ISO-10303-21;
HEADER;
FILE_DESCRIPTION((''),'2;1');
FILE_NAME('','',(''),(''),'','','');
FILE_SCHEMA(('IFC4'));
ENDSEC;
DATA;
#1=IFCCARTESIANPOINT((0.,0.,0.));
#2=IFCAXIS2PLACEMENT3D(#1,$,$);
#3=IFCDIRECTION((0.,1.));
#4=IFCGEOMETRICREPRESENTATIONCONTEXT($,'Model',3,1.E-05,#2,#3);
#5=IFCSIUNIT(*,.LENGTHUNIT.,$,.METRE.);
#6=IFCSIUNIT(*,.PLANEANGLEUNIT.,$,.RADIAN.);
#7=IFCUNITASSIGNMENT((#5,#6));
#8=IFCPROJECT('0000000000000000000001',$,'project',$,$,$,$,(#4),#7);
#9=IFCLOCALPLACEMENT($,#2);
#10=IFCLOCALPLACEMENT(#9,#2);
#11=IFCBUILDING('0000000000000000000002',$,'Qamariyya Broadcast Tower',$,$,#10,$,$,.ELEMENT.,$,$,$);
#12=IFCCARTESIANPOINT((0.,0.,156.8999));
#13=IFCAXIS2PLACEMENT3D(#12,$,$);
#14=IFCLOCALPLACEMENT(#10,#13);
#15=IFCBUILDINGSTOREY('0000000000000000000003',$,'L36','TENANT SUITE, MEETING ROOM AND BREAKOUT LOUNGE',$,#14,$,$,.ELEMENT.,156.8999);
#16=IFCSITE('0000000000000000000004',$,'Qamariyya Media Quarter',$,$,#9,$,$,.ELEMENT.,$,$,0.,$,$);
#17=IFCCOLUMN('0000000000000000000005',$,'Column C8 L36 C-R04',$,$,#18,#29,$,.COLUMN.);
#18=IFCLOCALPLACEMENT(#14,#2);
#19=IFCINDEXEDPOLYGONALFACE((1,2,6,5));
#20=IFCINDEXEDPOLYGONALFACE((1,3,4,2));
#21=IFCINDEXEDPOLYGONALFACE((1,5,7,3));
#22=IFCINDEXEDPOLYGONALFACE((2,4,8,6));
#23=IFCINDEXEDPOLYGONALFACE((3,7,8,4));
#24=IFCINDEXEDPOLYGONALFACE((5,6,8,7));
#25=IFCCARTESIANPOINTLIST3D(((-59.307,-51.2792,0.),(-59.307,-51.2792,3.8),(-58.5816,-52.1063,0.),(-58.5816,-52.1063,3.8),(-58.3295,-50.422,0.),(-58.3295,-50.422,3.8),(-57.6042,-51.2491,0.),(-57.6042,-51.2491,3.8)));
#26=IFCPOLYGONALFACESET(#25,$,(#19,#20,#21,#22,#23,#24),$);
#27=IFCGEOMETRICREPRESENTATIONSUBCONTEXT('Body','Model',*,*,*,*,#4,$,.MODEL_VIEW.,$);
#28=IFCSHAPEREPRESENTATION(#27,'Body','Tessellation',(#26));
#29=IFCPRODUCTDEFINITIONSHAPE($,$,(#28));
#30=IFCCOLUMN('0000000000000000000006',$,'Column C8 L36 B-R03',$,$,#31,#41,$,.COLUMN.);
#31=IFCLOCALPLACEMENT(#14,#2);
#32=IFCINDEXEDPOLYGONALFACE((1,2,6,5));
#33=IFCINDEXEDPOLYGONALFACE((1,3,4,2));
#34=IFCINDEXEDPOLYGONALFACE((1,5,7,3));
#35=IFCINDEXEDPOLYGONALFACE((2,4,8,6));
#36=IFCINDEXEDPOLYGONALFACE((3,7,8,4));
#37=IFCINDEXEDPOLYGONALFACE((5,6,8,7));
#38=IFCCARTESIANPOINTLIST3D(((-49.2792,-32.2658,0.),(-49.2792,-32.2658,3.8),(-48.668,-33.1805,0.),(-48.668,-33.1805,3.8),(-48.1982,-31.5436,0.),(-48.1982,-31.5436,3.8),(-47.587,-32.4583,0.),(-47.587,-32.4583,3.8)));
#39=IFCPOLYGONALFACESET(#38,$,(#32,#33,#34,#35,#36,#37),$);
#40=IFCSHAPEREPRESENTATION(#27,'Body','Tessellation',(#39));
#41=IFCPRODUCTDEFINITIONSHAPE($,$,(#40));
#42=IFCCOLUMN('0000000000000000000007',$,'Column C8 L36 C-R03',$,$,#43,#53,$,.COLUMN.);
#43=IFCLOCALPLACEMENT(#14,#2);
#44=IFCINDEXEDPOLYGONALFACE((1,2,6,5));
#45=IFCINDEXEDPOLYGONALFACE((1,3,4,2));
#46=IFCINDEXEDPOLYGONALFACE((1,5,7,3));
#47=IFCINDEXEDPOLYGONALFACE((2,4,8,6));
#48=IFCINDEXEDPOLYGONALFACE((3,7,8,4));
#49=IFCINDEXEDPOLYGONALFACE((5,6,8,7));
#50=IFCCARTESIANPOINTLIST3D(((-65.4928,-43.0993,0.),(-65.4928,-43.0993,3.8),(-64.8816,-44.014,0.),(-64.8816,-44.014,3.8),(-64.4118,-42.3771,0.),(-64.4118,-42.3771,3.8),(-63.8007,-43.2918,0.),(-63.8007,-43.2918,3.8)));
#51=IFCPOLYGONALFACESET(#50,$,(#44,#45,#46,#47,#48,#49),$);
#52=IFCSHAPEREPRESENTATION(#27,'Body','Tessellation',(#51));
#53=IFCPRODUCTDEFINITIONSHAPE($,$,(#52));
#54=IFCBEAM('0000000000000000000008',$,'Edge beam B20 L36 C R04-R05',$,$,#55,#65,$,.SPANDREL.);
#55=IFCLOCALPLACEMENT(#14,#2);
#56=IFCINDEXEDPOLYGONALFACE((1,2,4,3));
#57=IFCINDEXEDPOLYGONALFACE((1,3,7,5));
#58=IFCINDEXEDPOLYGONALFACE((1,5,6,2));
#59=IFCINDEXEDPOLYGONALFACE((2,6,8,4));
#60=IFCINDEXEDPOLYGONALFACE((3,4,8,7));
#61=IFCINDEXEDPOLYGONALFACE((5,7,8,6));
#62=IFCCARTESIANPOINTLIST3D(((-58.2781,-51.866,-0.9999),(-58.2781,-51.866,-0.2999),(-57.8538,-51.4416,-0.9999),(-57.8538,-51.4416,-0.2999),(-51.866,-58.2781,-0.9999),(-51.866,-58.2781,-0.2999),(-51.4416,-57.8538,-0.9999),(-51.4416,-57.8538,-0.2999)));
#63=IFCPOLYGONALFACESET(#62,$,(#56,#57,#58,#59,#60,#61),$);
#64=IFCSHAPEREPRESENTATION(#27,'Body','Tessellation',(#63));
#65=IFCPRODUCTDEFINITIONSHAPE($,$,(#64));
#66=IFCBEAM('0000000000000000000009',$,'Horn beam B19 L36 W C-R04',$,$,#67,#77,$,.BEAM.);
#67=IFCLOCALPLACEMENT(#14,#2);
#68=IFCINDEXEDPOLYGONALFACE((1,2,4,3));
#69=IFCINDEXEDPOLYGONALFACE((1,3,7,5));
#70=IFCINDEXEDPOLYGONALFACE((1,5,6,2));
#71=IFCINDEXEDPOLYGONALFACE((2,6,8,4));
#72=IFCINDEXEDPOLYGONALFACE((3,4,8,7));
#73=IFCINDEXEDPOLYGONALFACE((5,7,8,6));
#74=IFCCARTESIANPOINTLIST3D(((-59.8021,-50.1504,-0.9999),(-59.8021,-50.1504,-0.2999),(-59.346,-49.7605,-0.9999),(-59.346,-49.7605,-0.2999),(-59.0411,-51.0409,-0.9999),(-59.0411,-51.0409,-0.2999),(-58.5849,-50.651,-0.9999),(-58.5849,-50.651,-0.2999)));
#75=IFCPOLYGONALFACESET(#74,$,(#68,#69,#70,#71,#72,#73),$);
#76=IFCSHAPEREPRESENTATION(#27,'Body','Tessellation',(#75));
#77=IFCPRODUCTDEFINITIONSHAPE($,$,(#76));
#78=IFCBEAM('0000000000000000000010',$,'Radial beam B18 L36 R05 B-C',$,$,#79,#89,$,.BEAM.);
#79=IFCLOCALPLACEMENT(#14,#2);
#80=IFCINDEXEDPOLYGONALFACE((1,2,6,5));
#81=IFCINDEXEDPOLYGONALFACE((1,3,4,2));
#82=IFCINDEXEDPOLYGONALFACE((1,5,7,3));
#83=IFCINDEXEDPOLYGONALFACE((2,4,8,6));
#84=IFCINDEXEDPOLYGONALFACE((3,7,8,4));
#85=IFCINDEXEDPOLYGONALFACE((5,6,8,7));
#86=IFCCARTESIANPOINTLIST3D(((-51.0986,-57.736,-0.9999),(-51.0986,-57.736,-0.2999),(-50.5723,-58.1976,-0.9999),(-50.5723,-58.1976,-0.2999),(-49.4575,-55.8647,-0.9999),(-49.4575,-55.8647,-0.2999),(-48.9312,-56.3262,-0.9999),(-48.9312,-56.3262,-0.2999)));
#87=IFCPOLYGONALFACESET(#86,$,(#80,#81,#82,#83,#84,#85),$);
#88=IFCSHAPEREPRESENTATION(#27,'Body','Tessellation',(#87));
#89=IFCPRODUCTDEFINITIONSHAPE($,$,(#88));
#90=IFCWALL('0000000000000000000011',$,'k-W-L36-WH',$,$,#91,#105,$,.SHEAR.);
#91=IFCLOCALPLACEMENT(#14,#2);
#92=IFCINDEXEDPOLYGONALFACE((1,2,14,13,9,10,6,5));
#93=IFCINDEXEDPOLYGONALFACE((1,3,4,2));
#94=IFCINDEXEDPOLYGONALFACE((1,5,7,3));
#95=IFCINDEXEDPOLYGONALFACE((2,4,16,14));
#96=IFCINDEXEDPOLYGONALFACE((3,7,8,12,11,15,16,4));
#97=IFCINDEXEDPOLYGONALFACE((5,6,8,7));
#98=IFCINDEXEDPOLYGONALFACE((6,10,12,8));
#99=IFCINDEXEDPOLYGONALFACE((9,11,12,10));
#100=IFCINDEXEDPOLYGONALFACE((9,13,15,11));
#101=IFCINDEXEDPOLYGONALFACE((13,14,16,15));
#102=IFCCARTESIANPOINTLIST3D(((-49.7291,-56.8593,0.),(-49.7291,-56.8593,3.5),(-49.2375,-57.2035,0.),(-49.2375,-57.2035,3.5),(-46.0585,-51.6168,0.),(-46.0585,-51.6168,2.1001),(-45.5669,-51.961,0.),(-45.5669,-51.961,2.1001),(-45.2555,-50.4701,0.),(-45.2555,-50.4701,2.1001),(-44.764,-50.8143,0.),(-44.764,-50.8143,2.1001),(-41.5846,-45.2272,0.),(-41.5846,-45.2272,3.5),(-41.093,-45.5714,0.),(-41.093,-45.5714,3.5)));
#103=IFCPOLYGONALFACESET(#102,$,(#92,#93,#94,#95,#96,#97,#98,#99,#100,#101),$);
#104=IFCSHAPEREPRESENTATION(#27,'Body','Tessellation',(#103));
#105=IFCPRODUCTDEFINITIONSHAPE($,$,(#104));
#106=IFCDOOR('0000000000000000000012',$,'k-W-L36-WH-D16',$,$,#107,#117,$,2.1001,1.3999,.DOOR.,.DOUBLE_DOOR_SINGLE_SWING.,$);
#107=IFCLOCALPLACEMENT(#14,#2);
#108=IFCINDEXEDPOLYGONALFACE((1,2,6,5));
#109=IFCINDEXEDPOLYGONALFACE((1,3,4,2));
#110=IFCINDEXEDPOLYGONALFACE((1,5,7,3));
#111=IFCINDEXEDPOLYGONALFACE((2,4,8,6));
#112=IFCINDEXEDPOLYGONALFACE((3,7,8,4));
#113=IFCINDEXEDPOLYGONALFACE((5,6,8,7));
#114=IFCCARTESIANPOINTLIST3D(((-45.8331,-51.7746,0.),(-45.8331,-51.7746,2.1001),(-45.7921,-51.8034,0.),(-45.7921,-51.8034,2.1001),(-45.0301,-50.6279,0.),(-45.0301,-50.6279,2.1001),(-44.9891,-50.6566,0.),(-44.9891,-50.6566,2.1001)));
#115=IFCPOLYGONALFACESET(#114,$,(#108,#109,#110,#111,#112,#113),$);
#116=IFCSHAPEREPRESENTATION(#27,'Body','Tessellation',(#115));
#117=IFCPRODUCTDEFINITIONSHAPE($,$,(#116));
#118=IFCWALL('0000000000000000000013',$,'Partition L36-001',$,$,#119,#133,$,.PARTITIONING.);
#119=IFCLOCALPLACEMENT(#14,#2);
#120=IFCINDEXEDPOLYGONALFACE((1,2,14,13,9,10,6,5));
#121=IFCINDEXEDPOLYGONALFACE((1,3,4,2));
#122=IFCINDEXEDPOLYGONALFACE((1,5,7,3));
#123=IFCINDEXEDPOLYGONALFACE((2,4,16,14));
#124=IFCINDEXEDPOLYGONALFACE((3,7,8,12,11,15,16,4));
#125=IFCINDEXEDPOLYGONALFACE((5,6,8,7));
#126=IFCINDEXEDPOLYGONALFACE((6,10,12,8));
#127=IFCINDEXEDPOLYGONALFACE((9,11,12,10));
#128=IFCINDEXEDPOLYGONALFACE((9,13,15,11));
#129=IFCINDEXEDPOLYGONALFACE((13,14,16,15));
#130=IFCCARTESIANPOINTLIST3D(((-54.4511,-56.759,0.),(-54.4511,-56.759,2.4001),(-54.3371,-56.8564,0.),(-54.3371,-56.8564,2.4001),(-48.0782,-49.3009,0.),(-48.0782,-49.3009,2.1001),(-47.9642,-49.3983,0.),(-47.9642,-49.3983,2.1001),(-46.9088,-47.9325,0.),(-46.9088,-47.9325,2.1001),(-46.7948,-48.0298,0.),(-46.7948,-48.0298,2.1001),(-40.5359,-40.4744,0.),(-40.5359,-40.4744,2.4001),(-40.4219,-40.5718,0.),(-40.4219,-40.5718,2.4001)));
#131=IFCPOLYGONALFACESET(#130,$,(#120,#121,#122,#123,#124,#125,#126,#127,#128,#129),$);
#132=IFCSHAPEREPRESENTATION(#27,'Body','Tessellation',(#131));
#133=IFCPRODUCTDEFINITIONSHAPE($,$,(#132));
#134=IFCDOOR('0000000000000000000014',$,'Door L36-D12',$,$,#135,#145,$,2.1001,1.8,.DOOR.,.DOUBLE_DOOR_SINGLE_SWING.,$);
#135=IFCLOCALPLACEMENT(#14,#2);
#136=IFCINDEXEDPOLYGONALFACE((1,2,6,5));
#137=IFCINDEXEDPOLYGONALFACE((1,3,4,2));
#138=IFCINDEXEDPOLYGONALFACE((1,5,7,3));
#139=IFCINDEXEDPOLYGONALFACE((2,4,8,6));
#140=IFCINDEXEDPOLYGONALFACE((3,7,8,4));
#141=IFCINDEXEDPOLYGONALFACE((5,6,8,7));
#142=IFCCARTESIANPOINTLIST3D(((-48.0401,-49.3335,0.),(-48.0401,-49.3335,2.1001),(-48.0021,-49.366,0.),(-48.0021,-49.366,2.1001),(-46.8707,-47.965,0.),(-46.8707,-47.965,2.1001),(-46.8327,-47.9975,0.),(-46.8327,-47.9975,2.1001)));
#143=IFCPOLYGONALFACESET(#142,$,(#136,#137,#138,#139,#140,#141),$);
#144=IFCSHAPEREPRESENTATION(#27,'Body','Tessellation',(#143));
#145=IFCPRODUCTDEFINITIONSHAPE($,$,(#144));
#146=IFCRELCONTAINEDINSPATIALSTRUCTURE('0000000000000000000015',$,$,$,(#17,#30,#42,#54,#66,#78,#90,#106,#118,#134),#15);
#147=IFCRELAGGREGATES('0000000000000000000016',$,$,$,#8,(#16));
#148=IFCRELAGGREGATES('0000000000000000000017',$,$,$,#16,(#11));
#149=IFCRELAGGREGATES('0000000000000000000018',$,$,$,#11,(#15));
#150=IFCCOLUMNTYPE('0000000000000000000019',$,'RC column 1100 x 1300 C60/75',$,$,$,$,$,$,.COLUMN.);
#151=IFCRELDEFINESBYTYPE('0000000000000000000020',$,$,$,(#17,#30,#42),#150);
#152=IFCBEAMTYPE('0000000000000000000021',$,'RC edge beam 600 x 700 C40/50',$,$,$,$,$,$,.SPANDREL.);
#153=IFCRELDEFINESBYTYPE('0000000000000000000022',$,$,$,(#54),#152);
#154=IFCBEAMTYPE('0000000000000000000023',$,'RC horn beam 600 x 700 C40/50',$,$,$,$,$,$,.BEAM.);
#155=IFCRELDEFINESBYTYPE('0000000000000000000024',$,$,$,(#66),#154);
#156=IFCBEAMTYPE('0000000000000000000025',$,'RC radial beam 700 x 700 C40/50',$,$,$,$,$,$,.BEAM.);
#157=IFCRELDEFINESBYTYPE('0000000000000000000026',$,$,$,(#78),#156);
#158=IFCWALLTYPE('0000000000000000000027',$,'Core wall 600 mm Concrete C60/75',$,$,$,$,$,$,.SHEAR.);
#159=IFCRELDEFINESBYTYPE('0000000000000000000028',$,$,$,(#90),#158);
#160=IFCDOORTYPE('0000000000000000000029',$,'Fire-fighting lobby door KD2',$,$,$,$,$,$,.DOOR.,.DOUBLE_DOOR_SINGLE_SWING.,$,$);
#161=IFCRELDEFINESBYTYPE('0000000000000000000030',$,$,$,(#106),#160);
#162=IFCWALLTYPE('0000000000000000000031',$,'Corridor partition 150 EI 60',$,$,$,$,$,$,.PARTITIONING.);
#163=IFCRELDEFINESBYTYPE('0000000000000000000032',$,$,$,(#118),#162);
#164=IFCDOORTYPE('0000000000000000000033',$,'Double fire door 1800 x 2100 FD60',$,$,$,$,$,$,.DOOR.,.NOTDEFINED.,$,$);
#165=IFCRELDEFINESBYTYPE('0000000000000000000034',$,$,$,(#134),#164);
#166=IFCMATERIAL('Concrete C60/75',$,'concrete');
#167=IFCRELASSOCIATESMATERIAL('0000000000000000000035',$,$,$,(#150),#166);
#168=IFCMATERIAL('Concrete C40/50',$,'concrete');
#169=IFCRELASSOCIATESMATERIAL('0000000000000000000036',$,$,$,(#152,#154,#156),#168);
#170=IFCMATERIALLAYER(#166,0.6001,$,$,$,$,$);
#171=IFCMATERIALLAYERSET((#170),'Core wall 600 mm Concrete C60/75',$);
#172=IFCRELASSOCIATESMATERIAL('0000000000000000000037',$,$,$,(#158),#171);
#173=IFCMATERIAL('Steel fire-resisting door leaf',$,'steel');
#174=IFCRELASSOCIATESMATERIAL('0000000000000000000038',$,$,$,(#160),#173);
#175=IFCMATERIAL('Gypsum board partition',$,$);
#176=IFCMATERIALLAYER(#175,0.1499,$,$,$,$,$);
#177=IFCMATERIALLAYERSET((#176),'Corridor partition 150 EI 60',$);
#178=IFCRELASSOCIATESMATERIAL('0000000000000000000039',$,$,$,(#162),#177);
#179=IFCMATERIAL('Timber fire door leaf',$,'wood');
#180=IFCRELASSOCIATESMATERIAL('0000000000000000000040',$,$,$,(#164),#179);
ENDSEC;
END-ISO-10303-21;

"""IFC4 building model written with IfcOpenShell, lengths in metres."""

from ifc_helpers import new_model, si_unit, direction, frame, frame_2d, origin, origin_2d, place, context, subcontext, project, spatial, rectangle, extrude, material, layer, layer_set, material_profile, profile_set, type_object, element, fill, save


model = new_model("IFC4")

# Units and contexts
model_context = context("Model", 3, precision=1e-05, world=origin(), true_north=direction((0.0, 1.0)))
body_context = subcontext(model_context, "Body", "Model", "MODEL_VIEW")
ifc_project = project(units=[si_unit("LENGTHUNIT", "METRE"), si_unit("PLANEANGLEUNIT", "RADIAN")], contexts=[model_context])

# Site, building, storey
site_placement = place(None, origin())
site = spatial("IfcSite", under=ifc_project, at=site_placement, Name="Qamariyya Media Quarter", CompositionType="ELEMENT", RefElevation=0.0)
building_placement = place(site_placement, origin())
building = spatial("IfcBuilding", under=site, at=building_placement, Name="Qamariyya Broadcast Tower", CompositionType="ELEMENT")
storey_placement = place(building_placement, frame((0.0, 0.0, 156.8999)))
storey = spatial("IfcBuildingStorey", under=building, at=storey_placement, Name="L36", Description="TENANT SUITE, MEETING ROOM AND BREAKOUT LOUNGE", CompositionType="ELEMENT", Elevation=156.8999)

# Columns
ifc_material_1 = material(Name="Concrete C60/75", Category="concrete")
ifc_material_profile_1 = material_profile(ifc_material_1, rectangle(XDim=1.1001, YDim=1.3, at=origin_2d()))
ifc_profile_set_1 = profile_set([ifc_material_profile_1], Name="Concrete C60/75")
column_type = type_object("IfcColumnType", Name="RC column 1100 x 1300 C60/75", PredefinedType="COLUMN", material=ifc_profile_set_1)
for number, where, z_axis, x_axis, name in (
    (1, (-58.4556, -51.2642, 0.0), (0.0, 0.0, 1.0), (0.659346, -0.75184, 0.0), "Column C8 L36 C-R04"),
    (2, (-48.4331, -32.3621, 0.0), (0.0, 0.0, 1.0), (0.55557, -0.83147, 0.0), "Column C8 L36 B-R03"),
    (3, (-64.6467, -43.1956, 0.0), (0.0, 0.0, 1.0), (0.55557, -0.83147, 0.0), "Column C8 L36 C-R03"),
):
    element("IfcColumn", number, at=place(storey_placement, frame(where, z_axis=z_axis, x_axis=x_axis)), inside=storey, type_object=column_type, Name=name, PredefinedType="COLUMN", context=body_context, shape_type="SweptSolid", body=[
        extrude(rectangle(XDim=1.1001, YDim=1.3, at=origin_2d()), origin(), (0.0, 0.0, 1.0), 3.8),
    ])

# Beams
ifc_material_2 = material(Name="Concrete C40/50", Category="concrete")
ifc_material_profile_2 = material_profile(ifc_material_2, rectangle(XDim=0.6001, YDim=0.7, at=origin_2d()))
ifc_profile_set_2 = profile_set([ifc_material_profile_2], Name="Concrete C40/50")
beam_type_1 = type_object("IfcBeamType", Name="RC edge beam 600 x 700 C40/50", PredefinedType="SPANDREL", material=ifc_profile_set_2)
beam_1_placement = place(storey_placement, frame((-58.0659, -51.6538, -0.6499), z_axis=(0.707107, -0.707107, 0.0), x_axis=(0.707107, 0.707107, 0.0)))
element("IfcBeam", 4, at=beam_1_placement, inside=storey, type_object=beam_type_1, Name="Edge beam B20 L36 C R04-R05", PredefinedType="SPANDREL", context=body_context, shape_type="SweptSolid", body=[
    extrude(rectangle(XDim=0.6001, YDim=0.7, at=origin_2d()), origin(), (0.0, 0.0, 1.0), 9.0681),
])
ifc_material_profile_3 = material_profile(ifc_material_2, rectangle(XDim=0.6001, YDim=0.7, at=origin_2d()))
ifc_profile_set_3 = profile_set([ifc_material_profile_3], Name="Concrete C40/50")
beam_type_2 = type_object("IfcBeamType", Name="RC horn beam 600 x 700 C40/50", PredefinedType="BEAM", material=ifc_profile_set_3)
beam_2_placement = place(storey_placement, frame((-58.813, -50.8459, -0.6499), z_axis=(-0.649709, 0.760183, 0.0), x_axis=(-0.760183, -0.649709, 0.0)))
element("IfcBeam", 5, at=beam_2_placement, inside=storey, type_object=beam_type_2, Name="Horn beam B19 L36 W C-R04", PredefinedType="BEAM", context=body_context, shape_type="SweptSolid", body=[
    extrude(rectangle(XDim=0.6001, YDim=0.7, at=origin_2d()), origin(), (0.0, 0.0, 1.0), 1.1714),
])
ifc_material_profile_4 = material_profile(ifc_material_2, rectangle(XDim=0.7, YDim=0.7, at=origin_2d()))
ifc_profile_set_4 = profile_set([ifc_material_profile_4], Name="Concrete C40/50")
beam_type_3 = type_object("IfcBeamType", Name="RC radial beam 700 x 700 C40/50", PredefinedType="BEAM", material=ifc_profile_set_4)
beam_3_placement = place(storey_placement, frame((-49.1943, -56.0955, -0.6499), z_axis=(-0.659344, -0.751841, 0.0), x_axis=(0.751841, -0.659344, 0.0)))
element("IfcBeam", 6, at=beam_3_placement, inside=storey, type_object=beam_type_3, Name="Radial beam B18 L36 R05 B-C", PredefinedType="BEAM", context=body_context, shape_type="SweptSolid", body=[
    extrude(rectangle(XDim=0.7, YDim=0.7, at=origin_2d()), origin(), (0.0, 0.0, 1.0), 2.489),
])

# Walls, openings, doors
ifc_layer_1 = layer(ifc_material_1, 0.6001)
ifc_layer_set_1 = layer_set([ifc_layer_1], Name="Core wall 600 mm Concrete C60/75")
wall_type_1 = type_object("IfcWallType", Name="Core wall 600 mm Concrete C60/75", PredefinedType="SHEAR", material=ifc_layer_set_1)
wall_1_placement = place(storey_placement, frame((-49.4834, -57.0315, 0.0), z_axis=(0.0, 0.0, 1.0), x_axis=(0.57356, 0.819163, 0.0)))
wall_1 = element("IfcWall", 7, at=wall_1_placement, inside=storey, type_object=wall_type_1, Name="k-W-L36-WH", PredefinedType="SHEAR", context=body_context, shape_type="SweptSolid", body=[
    extrude(rectangle(XDim=14.2, YDim=0.6001, at=frame_2d((7.1001, 0.0))), origin(), (0.0, 0.0, 1.0), 3.5),
])
opening_1_placement = place(wall_1_placement, frame((6.3999, 0.0, 0.0)))
opening_1 = element("IfcOpeningElement", 8, at=opening_1_placement, cuts=wall_1, PredefinedType="OPENING", context=body_context, shape_type="SweptSolid", body=[
    extrude(rectangle(XDim=1.3999, YDim=2.1001, at=frame_2d((0.7, 1.05))), frame((0.0, 0.3101, 0.0), z_axis=(0.0, -1.0, 0.0), x_axis=(1.0, 0.0, 0.0)), (0.0, 0.0, 1.0), 0.6201),
])
ifc_material_3 = material(Name="Steel fire-resisting door leaf", Category="steel")
door_type_1 = type_object("IfcDoorType", Name="Fire-fighting lobby door KD2", OperationType="DOUBLE_DOOR_SINGLE_SWING", PredefinedType="DOOR", material=ifc_material_3)
door_1_placement = place(opening_1_placement, origin())
door_1 = element("IfcDoor", 9, at=door_1_placement, inside=storey, type_object=door_type_1, Name="k-W-L36-WH-D16", OperationType="DOUBLE_DOOR_SINGLE_SWING", OverallHeight=2.1001, OverallWidth=1.3999, PredefinedType="DOOR", context=body_context, shape_type="SweptSolid", body=[
    extrude(rectangle(XDim=1.3999, YDim=2.1001, at=frame_2d((0.7, 1.05))), frame((0.0, 0.0249, 0.0), z_axis=(0.0, -1.0, 0.0), x_axis=(1.0, 0.0, 0.0)), (0.0, 0.0, 1.0), 0.05),
])
fill(opening_1, door_1)
ifc_material_4 = material(Name="Gypsum board partition")
ifc_layer_2 = layer(ifc_material_4, 0.1499)
ifc_layer_set_2 = layer_set([ifc_layer_2], Name="Corridor partition 150 EI 60")
wall_type_2 = type_object("IfcWallType", Name="Corridor partition 150 EI 60", PredefinedType="PARTITIONING", material=ifc_layer_set_2)
wall_2_placement = place(storey_placement, frame((-54.394, -56.8076, 0.0), z_axis=(0.0, 0.0, 1.0), x_axis=(0.649633, 0.760248, 0.0)))
wall_2 = element("IfcWall", 10, at=wall_2_placement, inside=storey, type_object=wall_type_2, Name="Partition L36-001", PredefinedType="PARTITIONING", context=body_context, shape_type="SweptSolid", body=[
    extrude(rectangle(XDim=21.4202, YDim=0.1499, at=frame_2d((10.71, 0.0))), origin(), (0.0, 0.0, 1.0), 2.4001),
])
opening_2_placement = place(wall_2_placement, frame((9.8101, 0.0, 0.0)))
opening_2 = element("IfcOpeningElement", 11, at=opening_2_placement, cuts=wall_2, PredefinedType="OPENING", context=body_context, shape_type="SweptSolid", body=[
    extrude(rectangle(XDim=1.8, YDim=2.1001, at=frame_2d((0.8999, 1.05))), frame((0.0, 0.085, 0.0), z_axis=(0.0, -1.0, 0.0), x_axis=(1.0, 0.0, 0.0)), (0.0, 0.0, 1.0), 0.1699),
])
ifc_material_5 = material(Name="Timber fire door leaf", Category="wood")
door_type_2 = type_object("IfcDoorType", Name="Double fire door 1800 x 2100 FD60", OperationType="NOTDEFINED", PredefinedType="DOOR", material=ifc_material_5)
door_2_placement = place(opening_2_placement, origin())
door_2 = element("IfcDoor", 12, at=door_2_placement, inside=storey, type_object=door_type_2, Name="Door L36-D12", OperationType="DOUBLE_DOOR_SINGLE_SWING", OverallHeight=2.1001, OverallWidth=1.8, PredefinedType="DOOR", context=body_context, shape_type="SweptSolid", body=[
    extrude(rectangle(XDim=1.8, YDim=2.1001, at=frame_2d((0.8999, 1.05))), frame((0.0, 0.0249, 0.0), z_axis=(0.0, -1.0, 0.0), x_axis=(1.0, 0.0, 0.0)), (0.0, 0.0, 1.0), 0.05),
])
fill(opening_2, door_2)

save(model, "model.ifc")
